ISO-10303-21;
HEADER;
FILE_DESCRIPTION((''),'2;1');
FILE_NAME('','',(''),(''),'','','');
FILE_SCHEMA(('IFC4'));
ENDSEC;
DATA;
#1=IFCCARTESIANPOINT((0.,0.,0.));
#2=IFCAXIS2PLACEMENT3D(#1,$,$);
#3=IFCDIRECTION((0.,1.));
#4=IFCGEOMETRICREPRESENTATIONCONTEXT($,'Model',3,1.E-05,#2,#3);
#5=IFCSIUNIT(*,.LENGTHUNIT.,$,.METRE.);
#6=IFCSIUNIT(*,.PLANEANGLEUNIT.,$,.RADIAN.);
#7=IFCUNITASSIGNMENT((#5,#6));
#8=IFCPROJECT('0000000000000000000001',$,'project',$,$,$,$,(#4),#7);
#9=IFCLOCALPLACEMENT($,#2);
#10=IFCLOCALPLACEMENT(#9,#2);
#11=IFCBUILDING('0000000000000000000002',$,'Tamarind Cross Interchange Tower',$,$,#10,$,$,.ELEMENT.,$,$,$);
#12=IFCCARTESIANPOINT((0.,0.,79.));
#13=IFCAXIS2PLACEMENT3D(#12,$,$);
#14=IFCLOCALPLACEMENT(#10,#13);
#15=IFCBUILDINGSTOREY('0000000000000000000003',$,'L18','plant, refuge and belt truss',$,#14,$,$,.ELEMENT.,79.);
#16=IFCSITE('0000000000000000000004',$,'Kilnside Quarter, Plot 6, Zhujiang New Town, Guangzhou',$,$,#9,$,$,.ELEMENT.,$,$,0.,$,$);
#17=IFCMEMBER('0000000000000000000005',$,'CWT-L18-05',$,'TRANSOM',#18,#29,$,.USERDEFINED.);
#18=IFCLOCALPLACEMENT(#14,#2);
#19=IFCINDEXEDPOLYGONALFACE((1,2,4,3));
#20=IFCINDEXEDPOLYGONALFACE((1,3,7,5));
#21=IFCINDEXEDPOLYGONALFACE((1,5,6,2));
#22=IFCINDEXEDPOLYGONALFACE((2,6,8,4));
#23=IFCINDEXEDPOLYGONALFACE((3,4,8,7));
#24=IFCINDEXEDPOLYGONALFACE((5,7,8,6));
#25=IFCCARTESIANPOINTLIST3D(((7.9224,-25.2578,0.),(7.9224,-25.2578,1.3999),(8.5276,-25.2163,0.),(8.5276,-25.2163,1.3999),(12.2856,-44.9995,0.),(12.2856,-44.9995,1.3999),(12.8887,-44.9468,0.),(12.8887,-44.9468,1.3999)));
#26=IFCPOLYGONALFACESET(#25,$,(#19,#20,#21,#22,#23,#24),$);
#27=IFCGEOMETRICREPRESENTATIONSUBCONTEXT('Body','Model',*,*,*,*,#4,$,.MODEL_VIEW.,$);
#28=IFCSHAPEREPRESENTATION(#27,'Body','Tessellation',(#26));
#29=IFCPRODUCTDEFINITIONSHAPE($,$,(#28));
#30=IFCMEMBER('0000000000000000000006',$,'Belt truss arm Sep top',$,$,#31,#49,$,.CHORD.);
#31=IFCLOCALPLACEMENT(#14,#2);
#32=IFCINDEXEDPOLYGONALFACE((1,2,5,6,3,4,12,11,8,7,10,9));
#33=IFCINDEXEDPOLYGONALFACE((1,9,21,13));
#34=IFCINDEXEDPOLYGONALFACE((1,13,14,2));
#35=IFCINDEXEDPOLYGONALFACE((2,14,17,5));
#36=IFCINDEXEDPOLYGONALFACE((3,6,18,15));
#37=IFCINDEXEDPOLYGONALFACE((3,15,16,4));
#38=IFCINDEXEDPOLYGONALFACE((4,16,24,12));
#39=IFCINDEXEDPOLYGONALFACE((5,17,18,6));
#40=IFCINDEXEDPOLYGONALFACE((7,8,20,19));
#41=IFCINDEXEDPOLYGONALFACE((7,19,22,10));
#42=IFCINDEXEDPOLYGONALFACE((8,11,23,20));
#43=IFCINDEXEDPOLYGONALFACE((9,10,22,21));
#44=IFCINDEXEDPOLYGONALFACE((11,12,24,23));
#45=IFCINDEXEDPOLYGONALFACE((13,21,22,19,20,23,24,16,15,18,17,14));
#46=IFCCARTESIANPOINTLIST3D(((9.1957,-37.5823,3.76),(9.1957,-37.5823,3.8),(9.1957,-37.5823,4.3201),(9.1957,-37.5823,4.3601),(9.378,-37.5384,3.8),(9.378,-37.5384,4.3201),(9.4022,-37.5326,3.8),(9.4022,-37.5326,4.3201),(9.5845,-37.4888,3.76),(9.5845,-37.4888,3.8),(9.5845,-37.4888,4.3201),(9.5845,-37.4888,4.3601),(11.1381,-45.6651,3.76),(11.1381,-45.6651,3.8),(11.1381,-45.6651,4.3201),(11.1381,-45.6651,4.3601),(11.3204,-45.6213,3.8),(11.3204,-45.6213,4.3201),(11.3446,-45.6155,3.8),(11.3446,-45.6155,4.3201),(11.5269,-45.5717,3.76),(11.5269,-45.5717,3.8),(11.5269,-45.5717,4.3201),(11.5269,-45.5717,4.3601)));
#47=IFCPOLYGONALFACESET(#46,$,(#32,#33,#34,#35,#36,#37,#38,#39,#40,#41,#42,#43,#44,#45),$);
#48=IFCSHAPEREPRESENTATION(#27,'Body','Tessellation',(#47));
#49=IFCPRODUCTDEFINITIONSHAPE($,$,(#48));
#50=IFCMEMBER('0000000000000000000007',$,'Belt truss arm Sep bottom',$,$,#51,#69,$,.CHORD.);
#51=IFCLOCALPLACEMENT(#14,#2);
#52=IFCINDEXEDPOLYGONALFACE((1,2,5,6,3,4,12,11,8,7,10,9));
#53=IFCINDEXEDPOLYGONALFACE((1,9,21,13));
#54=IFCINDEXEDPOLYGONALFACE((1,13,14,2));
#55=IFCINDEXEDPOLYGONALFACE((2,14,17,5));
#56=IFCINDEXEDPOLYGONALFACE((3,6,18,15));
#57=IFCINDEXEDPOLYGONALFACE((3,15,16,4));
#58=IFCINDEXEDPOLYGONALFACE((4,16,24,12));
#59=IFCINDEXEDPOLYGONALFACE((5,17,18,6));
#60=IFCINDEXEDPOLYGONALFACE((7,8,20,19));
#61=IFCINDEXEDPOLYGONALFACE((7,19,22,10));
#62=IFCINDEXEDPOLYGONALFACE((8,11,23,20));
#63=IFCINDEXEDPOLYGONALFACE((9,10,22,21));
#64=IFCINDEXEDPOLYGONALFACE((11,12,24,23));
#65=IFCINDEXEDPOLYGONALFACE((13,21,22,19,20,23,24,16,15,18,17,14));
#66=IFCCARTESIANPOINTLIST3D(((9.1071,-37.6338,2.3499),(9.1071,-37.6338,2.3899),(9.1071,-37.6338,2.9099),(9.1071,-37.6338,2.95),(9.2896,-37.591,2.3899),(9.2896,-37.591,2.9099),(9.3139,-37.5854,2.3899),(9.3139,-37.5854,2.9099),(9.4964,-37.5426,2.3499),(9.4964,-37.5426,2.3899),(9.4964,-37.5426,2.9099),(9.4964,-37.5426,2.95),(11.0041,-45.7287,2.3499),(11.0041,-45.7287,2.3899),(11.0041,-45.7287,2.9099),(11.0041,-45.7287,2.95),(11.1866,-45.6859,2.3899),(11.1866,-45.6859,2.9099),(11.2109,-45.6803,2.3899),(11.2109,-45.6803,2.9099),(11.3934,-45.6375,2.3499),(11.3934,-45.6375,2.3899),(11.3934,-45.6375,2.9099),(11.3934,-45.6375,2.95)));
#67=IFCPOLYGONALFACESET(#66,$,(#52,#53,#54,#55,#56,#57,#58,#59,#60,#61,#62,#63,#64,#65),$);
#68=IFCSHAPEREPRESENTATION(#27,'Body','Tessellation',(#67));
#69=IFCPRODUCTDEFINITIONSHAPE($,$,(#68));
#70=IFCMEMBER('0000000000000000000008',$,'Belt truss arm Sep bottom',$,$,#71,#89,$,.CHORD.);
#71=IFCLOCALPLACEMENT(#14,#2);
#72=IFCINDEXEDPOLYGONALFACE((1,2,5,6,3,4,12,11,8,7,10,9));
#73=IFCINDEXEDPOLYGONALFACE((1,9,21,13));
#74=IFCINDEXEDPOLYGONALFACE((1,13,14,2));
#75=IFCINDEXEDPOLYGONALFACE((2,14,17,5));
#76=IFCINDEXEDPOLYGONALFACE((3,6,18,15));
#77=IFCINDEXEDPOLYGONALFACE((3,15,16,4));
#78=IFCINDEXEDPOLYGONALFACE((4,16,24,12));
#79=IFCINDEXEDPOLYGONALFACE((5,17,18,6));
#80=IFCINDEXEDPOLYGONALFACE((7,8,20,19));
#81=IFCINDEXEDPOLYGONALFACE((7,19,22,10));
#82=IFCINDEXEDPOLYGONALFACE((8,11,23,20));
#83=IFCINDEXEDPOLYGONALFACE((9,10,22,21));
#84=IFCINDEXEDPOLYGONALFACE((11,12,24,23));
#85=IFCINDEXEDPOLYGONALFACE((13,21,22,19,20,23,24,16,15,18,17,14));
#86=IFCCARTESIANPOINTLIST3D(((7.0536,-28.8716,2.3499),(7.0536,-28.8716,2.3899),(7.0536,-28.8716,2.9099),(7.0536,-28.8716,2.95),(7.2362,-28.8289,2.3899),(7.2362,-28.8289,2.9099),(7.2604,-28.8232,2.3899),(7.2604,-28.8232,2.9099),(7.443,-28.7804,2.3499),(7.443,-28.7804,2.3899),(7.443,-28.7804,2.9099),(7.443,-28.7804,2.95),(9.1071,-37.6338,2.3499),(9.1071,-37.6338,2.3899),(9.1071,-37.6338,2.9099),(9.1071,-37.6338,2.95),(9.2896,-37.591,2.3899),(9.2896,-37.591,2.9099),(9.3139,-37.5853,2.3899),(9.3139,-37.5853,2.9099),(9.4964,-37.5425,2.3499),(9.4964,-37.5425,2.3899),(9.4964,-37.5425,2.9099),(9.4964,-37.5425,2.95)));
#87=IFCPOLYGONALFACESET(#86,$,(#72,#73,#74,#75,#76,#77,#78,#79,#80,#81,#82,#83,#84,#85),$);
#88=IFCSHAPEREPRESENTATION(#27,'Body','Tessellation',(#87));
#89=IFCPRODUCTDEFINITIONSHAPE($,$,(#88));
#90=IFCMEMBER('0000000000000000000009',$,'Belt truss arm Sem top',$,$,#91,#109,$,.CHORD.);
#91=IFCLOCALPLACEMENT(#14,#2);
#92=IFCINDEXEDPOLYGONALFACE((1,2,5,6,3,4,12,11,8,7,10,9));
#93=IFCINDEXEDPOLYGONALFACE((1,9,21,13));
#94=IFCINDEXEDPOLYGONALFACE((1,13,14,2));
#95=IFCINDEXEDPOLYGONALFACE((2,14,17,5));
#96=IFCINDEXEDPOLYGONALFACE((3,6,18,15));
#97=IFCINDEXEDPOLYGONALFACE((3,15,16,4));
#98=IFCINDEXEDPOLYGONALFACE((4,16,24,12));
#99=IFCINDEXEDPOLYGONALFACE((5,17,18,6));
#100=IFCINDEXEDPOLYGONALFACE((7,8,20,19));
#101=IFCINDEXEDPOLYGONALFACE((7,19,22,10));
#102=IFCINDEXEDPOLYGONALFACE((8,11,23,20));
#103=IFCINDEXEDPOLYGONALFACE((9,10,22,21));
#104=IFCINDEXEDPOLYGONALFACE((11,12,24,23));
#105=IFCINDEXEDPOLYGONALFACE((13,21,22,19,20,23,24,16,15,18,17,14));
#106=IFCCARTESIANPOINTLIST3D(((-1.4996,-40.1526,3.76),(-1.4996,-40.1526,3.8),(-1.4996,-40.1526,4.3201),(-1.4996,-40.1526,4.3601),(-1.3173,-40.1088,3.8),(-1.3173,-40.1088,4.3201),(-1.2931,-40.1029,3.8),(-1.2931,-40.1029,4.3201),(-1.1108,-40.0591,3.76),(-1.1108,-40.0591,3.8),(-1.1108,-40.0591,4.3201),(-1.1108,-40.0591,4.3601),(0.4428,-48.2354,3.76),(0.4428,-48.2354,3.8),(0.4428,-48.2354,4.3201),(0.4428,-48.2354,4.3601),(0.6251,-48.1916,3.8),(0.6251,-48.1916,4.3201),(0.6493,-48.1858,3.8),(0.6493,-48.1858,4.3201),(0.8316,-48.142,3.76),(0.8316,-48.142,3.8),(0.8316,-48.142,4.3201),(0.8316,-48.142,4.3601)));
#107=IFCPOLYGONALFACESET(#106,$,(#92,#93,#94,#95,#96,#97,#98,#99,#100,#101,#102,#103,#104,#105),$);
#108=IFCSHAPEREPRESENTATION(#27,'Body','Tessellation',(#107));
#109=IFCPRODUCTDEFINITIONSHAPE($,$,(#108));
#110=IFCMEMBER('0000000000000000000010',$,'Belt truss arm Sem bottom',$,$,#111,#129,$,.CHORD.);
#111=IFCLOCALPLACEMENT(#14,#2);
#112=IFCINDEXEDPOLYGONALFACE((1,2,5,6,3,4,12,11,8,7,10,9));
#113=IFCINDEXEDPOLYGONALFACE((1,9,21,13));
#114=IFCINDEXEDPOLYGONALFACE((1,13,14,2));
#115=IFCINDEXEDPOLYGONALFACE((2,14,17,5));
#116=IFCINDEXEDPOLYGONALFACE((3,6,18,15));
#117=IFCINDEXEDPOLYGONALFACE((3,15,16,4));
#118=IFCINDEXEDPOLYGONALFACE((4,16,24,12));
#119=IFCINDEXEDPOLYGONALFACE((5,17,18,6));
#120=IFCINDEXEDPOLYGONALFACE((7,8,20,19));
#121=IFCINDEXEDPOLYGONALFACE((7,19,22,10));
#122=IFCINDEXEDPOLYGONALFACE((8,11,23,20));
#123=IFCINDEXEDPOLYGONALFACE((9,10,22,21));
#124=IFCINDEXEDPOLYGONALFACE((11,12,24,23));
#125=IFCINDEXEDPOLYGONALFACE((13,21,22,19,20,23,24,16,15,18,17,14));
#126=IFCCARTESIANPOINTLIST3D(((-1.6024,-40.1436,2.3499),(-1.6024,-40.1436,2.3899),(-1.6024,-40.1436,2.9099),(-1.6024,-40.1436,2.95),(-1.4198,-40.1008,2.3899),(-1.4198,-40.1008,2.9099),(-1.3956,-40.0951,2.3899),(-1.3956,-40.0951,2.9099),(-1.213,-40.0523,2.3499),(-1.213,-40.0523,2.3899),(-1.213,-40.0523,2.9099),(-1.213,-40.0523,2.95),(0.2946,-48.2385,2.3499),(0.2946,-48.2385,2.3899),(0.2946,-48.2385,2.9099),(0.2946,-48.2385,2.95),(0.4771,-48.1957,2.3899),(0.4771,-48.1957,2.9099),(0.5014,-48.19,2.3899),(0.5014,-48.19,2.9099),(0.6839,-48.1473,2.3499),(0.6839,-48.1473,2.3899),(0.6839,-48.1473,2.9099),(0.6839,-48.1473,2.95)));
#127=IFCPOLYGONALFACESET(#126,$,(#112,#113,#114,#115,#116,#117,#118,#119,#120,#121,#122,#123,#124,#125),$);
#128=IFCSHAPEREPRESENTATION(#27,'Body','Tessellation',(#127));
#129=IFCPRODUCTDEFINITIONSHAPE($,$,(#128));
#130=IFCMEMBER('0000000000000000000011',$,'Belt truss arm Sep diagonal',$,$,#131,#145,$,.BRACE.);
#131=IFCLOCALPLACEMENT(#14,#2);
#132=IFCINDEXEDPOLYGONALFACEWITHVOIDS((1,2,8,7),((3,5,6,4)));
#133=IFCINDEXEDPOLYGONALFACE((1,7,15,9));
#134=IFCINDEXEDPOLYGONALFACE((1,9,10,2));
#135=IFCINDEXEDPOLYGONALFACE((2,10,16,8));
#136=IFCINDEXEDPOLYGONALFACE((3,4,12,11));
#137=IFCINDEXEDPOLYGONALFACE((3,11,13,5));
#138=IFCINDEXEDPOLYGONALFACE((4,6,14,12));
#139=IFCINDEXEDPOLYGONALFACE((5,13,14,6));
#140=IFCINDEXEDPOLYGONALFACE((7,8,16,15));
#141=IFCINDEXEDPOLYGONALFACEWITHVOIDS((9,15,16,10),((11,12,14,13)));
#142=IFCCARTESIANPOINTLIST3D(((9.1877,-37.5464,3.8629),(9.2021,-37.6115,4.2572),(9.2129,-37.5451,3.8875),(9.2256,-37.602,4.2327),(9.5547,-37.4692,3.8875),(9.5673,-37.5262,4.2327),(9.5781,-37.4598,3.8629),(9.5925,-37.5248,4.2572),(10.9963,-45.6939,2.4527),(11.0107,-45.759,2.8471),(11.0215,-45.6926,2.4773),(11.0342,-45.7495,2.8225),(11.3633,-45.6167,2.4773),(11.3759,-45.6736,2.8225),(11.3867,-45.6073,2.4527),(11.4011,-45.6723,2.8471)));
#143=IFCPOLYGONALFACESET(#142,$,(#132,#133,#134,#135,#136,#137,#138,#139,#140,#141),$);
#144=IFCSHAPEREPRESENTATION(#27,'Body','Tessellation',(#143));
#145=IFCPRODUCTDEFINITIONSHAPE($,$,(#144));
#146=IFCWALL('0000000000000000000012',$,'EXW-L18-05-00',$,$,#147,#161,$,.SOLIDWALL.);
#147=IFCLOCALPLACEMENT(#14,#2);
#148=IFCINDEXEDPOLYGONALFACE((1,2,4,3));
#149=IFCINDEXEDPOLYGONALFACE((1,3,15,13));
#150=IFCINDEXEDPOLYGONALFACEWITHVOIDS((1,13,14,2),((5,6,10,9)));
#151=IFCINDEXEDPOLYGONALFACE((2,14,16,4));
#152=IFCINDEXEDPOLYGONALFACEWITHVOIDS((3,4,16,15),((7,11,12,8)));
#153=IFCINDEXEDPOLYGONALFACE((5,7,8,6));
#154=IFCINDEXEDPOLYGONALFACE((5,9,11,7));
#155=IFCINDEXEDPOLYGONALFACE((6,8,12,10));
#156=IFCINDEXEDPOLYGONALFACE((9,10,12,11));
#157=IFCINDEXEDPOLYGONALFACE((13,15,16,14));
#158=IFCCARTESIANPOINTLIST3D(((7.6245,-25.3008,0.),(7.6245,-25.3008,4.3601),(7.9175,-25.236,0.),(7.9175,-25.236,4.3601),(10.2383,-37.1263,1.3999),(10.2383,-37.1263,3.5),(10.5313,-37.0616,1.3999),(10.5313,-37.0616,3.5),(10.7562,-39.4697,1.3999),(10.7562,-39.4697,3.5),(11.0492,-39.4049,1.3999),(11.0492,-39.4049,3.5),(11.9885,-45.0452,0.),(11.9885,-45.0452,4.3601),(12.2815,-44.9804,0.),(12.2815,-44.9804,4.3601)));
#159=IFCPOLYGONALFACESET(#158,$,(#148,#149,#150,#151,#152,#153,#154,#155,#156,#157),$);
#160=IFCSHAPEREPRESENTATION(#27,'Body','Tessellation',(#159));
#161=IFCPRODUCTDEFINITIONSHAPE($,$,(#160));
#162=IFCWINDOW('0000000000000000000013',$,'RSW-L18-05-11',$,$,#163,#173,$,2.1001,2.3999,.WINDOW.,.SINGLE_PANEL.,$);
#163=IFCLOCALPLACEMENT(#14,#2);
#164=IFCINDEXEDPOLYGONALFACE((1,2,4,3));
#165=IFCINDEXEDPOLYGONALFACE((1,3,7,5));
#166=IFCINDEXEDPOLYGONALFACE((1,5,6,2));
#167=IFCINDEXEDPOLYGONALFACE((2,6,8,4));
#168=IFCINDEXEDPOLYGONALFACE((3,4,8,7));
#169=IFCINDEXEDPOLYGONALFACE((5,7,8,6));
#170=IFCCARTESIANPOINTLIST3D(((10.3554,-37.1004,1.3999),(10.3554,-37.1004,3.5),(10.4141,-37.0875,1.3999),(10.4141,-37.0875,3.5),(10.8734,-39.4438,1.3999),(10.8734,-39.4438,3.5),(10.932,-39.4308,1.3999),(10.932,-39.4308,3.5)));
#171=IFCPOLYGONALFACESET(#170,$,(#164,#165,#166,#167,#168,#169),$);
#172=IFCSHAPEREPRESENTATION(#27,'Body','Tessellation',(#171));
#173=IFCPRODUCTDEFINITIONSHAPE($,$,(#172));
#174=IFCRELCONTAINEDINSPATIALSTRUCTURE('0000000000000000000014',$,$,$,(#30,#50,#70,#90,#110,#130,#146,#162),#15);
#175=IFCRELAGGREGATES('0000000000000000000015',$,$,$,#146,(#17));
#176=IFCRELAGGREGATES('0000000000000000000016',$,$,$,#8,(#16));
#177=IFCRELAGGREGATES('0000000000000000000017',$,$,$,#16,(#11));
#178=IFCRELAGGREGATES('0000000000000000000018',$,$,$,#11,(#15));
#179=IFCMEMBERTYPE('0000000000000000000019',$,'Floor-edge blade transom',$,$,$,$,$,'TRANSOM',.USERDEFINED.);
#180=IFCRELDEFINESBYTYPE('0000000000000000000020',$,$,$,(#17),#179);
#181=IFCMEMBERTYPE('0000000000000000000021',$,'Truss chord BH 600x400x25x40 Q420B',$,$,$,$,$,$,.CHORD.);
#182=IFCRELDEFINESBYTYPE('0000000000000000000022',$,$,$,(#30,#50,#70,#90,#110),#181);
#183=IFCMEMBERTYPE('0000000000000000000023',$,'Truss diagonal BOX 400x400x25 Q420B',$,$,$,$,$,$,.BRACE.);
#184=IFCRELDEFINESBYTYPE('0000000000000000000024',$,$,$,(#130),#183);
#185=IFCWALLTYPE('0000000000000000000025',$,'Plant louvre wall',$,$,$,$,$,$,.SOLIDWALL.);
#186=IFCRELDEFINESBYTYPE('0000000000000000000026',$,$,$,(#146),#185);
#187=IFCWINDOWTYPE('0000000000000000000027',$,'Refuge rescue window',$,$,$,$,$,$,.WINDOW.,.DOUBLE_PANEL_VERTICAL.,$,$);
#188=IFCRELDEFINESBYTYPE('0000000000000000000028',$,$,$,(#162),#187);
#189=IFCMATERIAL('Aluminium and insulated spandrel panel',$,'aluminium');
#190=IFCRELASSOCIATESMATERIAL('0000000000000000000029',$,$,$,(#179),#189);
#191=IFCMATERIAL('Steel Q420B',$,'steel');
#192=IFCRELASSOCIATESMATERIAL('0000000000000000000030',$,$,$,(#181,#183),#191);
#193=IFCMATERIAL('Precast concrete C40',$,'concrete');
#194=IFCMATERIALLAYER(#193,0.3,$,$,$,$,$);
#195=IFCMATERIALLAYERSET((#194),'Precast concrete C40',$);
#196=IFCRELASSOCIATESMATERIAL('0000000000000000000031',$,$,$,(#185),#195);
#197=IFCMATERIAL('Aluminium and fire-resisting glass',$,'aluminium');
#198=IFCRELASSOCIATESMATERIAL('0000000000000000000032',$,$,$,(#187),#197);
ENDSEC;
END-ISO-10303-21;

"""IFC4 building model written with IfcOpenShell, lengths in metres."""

from ifc_helpers import new_model, si_unit, direction, frame, frame_2d, origin, origin_2d, place, context, subcontext, project, spatial, polyline, rectangle, hollow_rectangle, i_section, outline, extrude, material, layer, layer_set, material_profile, profile_set, type_object, element, fill, aggregate, save


model = new_model("IFC4")

# Units and contexts
model_context = context("Model", 3, precision=1e-05, world=origin(), true_north=direction((0.0, 1.0)))
body_context = subcontext(model_context, "Body", "Model", "MODEL_VIEW")
ifc_project = project(units=[si_unit("LENGTHUNIT", "METRE"), si_unit("PLANEANGLEUNIT", "RADIAN")], contexts=[model_context])

# Site, building, storey
site_placement = place(None, origin())
site = spatial("IfcSite", under=ifc_project, at=site_placement, Name="Kilnside Quarter, Plot 6, Zhujiang New Town, Guangzhou", CompositionType="ELEMENT", RefElevation=0.0)
building_placement = place(site_placement, origin())
building = spatial("IfcBuilding", under=site, at=building_placement, Name="Tamarind Cross Interchange Tower", CompositionType="ELEMENT")
storey_placement = place(building_placement, frame((0.0, 0.0, 79.0)))
storey = spatial("IfcBuildingStorey", under=building, at=storey_placement, Name="L18", Description="plant, refuge and belt truss", CompositionType="ELEMENT", Elevation=79.0)

# Member
ifc_material_1 = material(Name="Aluminium and insulated spandrel panel", Category="aluminium")
member_type_1 = type_object("IfcMemberType", Name="Floor-edge blade transom", ElementType="TRANSOM", PredefinedType="USERDEFINED", material=ifc_material_1)
member_1_placement = place(storey_placement, origin())
member_1 = element("IfcMember", 1, at=member_1_placement, type_object=member_type_1, Name="CWT-L18-05", ObjectType="TRANSOM", PredefinedType="USERDEFINED", context=body_context, shape_type="SweptSolid", body=[
    extrude(outline(polyline([(12.2856, -44.9995), (7.9224, -25.2578), (8.5276, -25.2163), (12.8887, -44.9468), (12.2856, -44.9995)])), origin(), (0.0, 0.0, 1.0), 1.3999),
])

# Members
ifc_material_2 = material(Name="Steel Q420B", Category="steel")
ifc_material_profile_1 = material_profile(ifc_material_2, i_section(OverallWidth=0.3999, OverallDepth=0.6001, WebThickness=0.0249, FlangeThickness=0.04, at=origin_2d()), Name="BH 600x400x25x40")
ifc_profile_set_1 = profile_set([ifc_material_profile_1], Name="Steel Q420B")
member_type_2 = type_object("IfcMemberType", Name="Truss chord BH 600x400x25x40 Q420B", PredefinedType="CHORD", material=ifc_profile_set_1)
member_2_placement = place(storey_placement, frame((11.3325, -45.6184, 4.0601), z_axis=(-0.23366, 0.972318, 0.0), x_axis=(-0.972318, -0.23366, 0.0)))
element("IfcMember", 2, at=member_2_placement, inside=storey, type_object=member_type_2, Name="Belt truss arm Sep top", PredefinedType="CHORD", context=body_context, shape_type="SweptSolid", body=[
    extrude(i_section(OverallWidth=0.3999, OverallDepth=0.6001, WebThickness=0.0249, FlangeThickness=0.04, at=origin_2d()), origin(), (0.0, 0.0, 1.0), 8.313),
])
member_3_placement = place(storey_placement, frame((11.1987, -45.6831, 2.6499), z_axis=(-0.228159, 0.973624, 0.0), x_axis=(-0.973624, -0.228159, 0.0)))
element("IfcMember", 3, at=member_3_placement, inside=storey, type_object=member_type_2, Name="Belt truss arm Sep bottom", PredefinedType="CHORD", context=body_context, shape_type="SweptSolid", body=[
    extrude(i_section(OverallWidth=0.3999, OverallDepth=0.6001, WebThickness=0.0249, FlangeThickness=0.04, at=origin_2d()), origin(), (0.0, 0.0, 1.0), 8.3142),
])
member_4_placement = place(storey_placement, frame((9.3018, -37.5881, 2.6499), z_axis=(-0.228173, 0.973621, 0.0), x_axis=(-0.973621, -0.228173, 0.0)))
element("IfcMember", 4, at=member_4_placement, inside=storey, type_object=member_type_2, Name="Belt truss arm Sep bottom", PredefinedType="CHORD", context=body_context, shape_type="SweptSolid", body=[
    extrude(i_section(OverallWidth=0.3999, OverallDepth=0.6001, WebThickness=0.0249, FlangeThickness=0.04, at=origin_2d()), origin(), (0.0, 0.0, 1.0), 8.9995),
])
member_5_placement = place(storey_placement, frame((0.6372, -48.1887, 4.0601), z_axis=(-0.23366, 0.972318, 0.0), x_axis=(-0.972318, -0.23366, 0.0)))
element("IfcMember", 5, at=member_5_placement, inside=storey, type_object=member_type_2, Name="Belt truss arm Sem top", PredefinedType="CHORD", context=body_context, shape_type="SweptSolid", body=[
    extrude(i_section(OverallWidth=0.3999, OverallDepth=0.6001, WebThickness=0.0249, FlangeThickness=0.04, at=origin_2d()), origin(), (0.0, 0.0, 1.0), 8.313),
])
member_6_placement = place(storey_placement, frame((0.4893, -48.1929, 2.6499), z_axis=(-0.228159, 0.973624, 0.0), x_axis=(-0.973624, -0.228159, 0.0)))
element("IfcMember", 6, at=member_6_placement, inside=storey, type_object=member_type_2, Name="Belt truss arm Sem bottom", PredefinedType="CHORD", context=body_context, shape_type="SweptSolid", body=[
    extrude(i_section(OverallWidth=0.3999, OverallDepth=0.6001, WebThickness=0.0249, FlangeThickness=0.04, at=origin_2d()), origin(), (0.0, 0.0, 1.0), 8.3142),
])
ifc_material_profile_2 = material_profile(ifc_material_2, hollow_rectangle(XDim=0.3999, YDim=0.3999, WallThickness=0.0249, at=origin_2d()), Name="BOX 400x400x25")
ifc_profile_set_2 = profile_set([ifc_material_profile_2], Name="Steel Q420B")
member_type_3 = type_object("IfcMemberType", Name="Truss diagonal BOX 400x400x25 Q420B", PredefinedType="BRACE", material=ifc_profile_set_2)
member_7_placement = place(storey_placement, frame((11.1987, -45.6831, 2.6499), z_axis=(-0.213679, 0.962592, 0.166605), x_axis=(-0.976237, -0.216707, 0.0)))
element("IfcMember", 7, at=member_7_placement, inside=storey, type_object=member_type_3, Name="Belt truss arm Sep diagonal", PredefinedType="BRACE", context=body_context, shape_type="SweptSolid", body=[
    extrude(hollow_rectangle(XDim=0.3999, YDim=0.3999, WallThickness=0.0249, at=origin_2d()), origin(), (0.0, 0.0, 1.0), 8.4641),
])

# Shared definitions
ifc_material_3 = material(Name="Precast concrete C40", Category="concrete")
ifc_layer = layer(ifc_material_3, 0.3)
ifc_layer_set = layer_set([ifc_layer], Name="Precast concrete C40")
wall_type = type_object("IfcWallType", Name="Plant louvre wall", PredefinedType="SOLIDWALL", material=ifc_layer_set)

# Wall, opening, window
wall_1_placement = place(storey_placement, frame((12.135, -45.0127, 0.0), z_axis=(0.0, 0.0, 1.0), x_axis=(-0.215817, 0.976434, 0.0)))
wall_1 = element("IfcWall", 8, at=wall_1_placement, inside=storey, type_object=wall_type, Name="EXW-L18-05-00", PredefinedType="SOLIDWALL", context=body_context, shape_type="SweptSolid", body=[
    extrude(rectangle(XDim=20.2209, YDim=0.3, at=frame_2d((10.1104, 0.0))), origin(), (0.0, 0.0, 1.0), 4.3601),
])
opening_1_placement = place(wall_1_placement, frame((5.71, 0.0, 1.3999)))
opening_1 = element("IfcOpeningElement", 9, at=opening_1_placement, cuts=wall_1, PredefinedType="OPENING", context=body_context, shape_type="SweptSolid", body=[
    extrude(rectangle(XDim=2.3999, YDim=2.1001, at=frame_2d((1.2, 1.05))), frame((0.0, 0.1599, 0.0), z_axis=(0.0, -1.0, 0.0), x_axis=(1.0, 0.0, 0.0)), (0.0, 0.0, 1.0), 0.3201),
])
ifc_material_4 = material(Name="Aluminium and fire-resisting glass", Category="aluminium")
window_type_1 = type_object("IfcWindowType", Name="Refuge rescue window", PartitioningType="DOUBLE_PANEL_VERTICAL", PredefinedType="WINDOW", material=ifc_material_4)
window_1_placement = place(opening_1_placement, origin())
window_1 = element("IfcWindow", 10, at=window_1_placement, inside=storey, type_object=window_type_1, Name="RSW-L18-05-11", OverallHeight=2.1001, OverallWidth=2.3999, PartitioningType="SINGLE_PANEL", PredefinedType="WINDOW", context=body_context, shape_type="SweptSolid", body=[
    extrude(rectangle(XDim=2.3999, YDim=2.1001, at=frame_2d((1.2, 1.05))), frame((0.0, 0.03, 0.0), z_axis=(0.0, -1.0, 0.0), x_axis=(1.0, 0.0, 0.0)), (0.0, 0.0, 1.0), 0.0601),
])
fill(opening_1, window_1)
aggregate(wall_1, [member_1])

save(model, "model.ifc")
